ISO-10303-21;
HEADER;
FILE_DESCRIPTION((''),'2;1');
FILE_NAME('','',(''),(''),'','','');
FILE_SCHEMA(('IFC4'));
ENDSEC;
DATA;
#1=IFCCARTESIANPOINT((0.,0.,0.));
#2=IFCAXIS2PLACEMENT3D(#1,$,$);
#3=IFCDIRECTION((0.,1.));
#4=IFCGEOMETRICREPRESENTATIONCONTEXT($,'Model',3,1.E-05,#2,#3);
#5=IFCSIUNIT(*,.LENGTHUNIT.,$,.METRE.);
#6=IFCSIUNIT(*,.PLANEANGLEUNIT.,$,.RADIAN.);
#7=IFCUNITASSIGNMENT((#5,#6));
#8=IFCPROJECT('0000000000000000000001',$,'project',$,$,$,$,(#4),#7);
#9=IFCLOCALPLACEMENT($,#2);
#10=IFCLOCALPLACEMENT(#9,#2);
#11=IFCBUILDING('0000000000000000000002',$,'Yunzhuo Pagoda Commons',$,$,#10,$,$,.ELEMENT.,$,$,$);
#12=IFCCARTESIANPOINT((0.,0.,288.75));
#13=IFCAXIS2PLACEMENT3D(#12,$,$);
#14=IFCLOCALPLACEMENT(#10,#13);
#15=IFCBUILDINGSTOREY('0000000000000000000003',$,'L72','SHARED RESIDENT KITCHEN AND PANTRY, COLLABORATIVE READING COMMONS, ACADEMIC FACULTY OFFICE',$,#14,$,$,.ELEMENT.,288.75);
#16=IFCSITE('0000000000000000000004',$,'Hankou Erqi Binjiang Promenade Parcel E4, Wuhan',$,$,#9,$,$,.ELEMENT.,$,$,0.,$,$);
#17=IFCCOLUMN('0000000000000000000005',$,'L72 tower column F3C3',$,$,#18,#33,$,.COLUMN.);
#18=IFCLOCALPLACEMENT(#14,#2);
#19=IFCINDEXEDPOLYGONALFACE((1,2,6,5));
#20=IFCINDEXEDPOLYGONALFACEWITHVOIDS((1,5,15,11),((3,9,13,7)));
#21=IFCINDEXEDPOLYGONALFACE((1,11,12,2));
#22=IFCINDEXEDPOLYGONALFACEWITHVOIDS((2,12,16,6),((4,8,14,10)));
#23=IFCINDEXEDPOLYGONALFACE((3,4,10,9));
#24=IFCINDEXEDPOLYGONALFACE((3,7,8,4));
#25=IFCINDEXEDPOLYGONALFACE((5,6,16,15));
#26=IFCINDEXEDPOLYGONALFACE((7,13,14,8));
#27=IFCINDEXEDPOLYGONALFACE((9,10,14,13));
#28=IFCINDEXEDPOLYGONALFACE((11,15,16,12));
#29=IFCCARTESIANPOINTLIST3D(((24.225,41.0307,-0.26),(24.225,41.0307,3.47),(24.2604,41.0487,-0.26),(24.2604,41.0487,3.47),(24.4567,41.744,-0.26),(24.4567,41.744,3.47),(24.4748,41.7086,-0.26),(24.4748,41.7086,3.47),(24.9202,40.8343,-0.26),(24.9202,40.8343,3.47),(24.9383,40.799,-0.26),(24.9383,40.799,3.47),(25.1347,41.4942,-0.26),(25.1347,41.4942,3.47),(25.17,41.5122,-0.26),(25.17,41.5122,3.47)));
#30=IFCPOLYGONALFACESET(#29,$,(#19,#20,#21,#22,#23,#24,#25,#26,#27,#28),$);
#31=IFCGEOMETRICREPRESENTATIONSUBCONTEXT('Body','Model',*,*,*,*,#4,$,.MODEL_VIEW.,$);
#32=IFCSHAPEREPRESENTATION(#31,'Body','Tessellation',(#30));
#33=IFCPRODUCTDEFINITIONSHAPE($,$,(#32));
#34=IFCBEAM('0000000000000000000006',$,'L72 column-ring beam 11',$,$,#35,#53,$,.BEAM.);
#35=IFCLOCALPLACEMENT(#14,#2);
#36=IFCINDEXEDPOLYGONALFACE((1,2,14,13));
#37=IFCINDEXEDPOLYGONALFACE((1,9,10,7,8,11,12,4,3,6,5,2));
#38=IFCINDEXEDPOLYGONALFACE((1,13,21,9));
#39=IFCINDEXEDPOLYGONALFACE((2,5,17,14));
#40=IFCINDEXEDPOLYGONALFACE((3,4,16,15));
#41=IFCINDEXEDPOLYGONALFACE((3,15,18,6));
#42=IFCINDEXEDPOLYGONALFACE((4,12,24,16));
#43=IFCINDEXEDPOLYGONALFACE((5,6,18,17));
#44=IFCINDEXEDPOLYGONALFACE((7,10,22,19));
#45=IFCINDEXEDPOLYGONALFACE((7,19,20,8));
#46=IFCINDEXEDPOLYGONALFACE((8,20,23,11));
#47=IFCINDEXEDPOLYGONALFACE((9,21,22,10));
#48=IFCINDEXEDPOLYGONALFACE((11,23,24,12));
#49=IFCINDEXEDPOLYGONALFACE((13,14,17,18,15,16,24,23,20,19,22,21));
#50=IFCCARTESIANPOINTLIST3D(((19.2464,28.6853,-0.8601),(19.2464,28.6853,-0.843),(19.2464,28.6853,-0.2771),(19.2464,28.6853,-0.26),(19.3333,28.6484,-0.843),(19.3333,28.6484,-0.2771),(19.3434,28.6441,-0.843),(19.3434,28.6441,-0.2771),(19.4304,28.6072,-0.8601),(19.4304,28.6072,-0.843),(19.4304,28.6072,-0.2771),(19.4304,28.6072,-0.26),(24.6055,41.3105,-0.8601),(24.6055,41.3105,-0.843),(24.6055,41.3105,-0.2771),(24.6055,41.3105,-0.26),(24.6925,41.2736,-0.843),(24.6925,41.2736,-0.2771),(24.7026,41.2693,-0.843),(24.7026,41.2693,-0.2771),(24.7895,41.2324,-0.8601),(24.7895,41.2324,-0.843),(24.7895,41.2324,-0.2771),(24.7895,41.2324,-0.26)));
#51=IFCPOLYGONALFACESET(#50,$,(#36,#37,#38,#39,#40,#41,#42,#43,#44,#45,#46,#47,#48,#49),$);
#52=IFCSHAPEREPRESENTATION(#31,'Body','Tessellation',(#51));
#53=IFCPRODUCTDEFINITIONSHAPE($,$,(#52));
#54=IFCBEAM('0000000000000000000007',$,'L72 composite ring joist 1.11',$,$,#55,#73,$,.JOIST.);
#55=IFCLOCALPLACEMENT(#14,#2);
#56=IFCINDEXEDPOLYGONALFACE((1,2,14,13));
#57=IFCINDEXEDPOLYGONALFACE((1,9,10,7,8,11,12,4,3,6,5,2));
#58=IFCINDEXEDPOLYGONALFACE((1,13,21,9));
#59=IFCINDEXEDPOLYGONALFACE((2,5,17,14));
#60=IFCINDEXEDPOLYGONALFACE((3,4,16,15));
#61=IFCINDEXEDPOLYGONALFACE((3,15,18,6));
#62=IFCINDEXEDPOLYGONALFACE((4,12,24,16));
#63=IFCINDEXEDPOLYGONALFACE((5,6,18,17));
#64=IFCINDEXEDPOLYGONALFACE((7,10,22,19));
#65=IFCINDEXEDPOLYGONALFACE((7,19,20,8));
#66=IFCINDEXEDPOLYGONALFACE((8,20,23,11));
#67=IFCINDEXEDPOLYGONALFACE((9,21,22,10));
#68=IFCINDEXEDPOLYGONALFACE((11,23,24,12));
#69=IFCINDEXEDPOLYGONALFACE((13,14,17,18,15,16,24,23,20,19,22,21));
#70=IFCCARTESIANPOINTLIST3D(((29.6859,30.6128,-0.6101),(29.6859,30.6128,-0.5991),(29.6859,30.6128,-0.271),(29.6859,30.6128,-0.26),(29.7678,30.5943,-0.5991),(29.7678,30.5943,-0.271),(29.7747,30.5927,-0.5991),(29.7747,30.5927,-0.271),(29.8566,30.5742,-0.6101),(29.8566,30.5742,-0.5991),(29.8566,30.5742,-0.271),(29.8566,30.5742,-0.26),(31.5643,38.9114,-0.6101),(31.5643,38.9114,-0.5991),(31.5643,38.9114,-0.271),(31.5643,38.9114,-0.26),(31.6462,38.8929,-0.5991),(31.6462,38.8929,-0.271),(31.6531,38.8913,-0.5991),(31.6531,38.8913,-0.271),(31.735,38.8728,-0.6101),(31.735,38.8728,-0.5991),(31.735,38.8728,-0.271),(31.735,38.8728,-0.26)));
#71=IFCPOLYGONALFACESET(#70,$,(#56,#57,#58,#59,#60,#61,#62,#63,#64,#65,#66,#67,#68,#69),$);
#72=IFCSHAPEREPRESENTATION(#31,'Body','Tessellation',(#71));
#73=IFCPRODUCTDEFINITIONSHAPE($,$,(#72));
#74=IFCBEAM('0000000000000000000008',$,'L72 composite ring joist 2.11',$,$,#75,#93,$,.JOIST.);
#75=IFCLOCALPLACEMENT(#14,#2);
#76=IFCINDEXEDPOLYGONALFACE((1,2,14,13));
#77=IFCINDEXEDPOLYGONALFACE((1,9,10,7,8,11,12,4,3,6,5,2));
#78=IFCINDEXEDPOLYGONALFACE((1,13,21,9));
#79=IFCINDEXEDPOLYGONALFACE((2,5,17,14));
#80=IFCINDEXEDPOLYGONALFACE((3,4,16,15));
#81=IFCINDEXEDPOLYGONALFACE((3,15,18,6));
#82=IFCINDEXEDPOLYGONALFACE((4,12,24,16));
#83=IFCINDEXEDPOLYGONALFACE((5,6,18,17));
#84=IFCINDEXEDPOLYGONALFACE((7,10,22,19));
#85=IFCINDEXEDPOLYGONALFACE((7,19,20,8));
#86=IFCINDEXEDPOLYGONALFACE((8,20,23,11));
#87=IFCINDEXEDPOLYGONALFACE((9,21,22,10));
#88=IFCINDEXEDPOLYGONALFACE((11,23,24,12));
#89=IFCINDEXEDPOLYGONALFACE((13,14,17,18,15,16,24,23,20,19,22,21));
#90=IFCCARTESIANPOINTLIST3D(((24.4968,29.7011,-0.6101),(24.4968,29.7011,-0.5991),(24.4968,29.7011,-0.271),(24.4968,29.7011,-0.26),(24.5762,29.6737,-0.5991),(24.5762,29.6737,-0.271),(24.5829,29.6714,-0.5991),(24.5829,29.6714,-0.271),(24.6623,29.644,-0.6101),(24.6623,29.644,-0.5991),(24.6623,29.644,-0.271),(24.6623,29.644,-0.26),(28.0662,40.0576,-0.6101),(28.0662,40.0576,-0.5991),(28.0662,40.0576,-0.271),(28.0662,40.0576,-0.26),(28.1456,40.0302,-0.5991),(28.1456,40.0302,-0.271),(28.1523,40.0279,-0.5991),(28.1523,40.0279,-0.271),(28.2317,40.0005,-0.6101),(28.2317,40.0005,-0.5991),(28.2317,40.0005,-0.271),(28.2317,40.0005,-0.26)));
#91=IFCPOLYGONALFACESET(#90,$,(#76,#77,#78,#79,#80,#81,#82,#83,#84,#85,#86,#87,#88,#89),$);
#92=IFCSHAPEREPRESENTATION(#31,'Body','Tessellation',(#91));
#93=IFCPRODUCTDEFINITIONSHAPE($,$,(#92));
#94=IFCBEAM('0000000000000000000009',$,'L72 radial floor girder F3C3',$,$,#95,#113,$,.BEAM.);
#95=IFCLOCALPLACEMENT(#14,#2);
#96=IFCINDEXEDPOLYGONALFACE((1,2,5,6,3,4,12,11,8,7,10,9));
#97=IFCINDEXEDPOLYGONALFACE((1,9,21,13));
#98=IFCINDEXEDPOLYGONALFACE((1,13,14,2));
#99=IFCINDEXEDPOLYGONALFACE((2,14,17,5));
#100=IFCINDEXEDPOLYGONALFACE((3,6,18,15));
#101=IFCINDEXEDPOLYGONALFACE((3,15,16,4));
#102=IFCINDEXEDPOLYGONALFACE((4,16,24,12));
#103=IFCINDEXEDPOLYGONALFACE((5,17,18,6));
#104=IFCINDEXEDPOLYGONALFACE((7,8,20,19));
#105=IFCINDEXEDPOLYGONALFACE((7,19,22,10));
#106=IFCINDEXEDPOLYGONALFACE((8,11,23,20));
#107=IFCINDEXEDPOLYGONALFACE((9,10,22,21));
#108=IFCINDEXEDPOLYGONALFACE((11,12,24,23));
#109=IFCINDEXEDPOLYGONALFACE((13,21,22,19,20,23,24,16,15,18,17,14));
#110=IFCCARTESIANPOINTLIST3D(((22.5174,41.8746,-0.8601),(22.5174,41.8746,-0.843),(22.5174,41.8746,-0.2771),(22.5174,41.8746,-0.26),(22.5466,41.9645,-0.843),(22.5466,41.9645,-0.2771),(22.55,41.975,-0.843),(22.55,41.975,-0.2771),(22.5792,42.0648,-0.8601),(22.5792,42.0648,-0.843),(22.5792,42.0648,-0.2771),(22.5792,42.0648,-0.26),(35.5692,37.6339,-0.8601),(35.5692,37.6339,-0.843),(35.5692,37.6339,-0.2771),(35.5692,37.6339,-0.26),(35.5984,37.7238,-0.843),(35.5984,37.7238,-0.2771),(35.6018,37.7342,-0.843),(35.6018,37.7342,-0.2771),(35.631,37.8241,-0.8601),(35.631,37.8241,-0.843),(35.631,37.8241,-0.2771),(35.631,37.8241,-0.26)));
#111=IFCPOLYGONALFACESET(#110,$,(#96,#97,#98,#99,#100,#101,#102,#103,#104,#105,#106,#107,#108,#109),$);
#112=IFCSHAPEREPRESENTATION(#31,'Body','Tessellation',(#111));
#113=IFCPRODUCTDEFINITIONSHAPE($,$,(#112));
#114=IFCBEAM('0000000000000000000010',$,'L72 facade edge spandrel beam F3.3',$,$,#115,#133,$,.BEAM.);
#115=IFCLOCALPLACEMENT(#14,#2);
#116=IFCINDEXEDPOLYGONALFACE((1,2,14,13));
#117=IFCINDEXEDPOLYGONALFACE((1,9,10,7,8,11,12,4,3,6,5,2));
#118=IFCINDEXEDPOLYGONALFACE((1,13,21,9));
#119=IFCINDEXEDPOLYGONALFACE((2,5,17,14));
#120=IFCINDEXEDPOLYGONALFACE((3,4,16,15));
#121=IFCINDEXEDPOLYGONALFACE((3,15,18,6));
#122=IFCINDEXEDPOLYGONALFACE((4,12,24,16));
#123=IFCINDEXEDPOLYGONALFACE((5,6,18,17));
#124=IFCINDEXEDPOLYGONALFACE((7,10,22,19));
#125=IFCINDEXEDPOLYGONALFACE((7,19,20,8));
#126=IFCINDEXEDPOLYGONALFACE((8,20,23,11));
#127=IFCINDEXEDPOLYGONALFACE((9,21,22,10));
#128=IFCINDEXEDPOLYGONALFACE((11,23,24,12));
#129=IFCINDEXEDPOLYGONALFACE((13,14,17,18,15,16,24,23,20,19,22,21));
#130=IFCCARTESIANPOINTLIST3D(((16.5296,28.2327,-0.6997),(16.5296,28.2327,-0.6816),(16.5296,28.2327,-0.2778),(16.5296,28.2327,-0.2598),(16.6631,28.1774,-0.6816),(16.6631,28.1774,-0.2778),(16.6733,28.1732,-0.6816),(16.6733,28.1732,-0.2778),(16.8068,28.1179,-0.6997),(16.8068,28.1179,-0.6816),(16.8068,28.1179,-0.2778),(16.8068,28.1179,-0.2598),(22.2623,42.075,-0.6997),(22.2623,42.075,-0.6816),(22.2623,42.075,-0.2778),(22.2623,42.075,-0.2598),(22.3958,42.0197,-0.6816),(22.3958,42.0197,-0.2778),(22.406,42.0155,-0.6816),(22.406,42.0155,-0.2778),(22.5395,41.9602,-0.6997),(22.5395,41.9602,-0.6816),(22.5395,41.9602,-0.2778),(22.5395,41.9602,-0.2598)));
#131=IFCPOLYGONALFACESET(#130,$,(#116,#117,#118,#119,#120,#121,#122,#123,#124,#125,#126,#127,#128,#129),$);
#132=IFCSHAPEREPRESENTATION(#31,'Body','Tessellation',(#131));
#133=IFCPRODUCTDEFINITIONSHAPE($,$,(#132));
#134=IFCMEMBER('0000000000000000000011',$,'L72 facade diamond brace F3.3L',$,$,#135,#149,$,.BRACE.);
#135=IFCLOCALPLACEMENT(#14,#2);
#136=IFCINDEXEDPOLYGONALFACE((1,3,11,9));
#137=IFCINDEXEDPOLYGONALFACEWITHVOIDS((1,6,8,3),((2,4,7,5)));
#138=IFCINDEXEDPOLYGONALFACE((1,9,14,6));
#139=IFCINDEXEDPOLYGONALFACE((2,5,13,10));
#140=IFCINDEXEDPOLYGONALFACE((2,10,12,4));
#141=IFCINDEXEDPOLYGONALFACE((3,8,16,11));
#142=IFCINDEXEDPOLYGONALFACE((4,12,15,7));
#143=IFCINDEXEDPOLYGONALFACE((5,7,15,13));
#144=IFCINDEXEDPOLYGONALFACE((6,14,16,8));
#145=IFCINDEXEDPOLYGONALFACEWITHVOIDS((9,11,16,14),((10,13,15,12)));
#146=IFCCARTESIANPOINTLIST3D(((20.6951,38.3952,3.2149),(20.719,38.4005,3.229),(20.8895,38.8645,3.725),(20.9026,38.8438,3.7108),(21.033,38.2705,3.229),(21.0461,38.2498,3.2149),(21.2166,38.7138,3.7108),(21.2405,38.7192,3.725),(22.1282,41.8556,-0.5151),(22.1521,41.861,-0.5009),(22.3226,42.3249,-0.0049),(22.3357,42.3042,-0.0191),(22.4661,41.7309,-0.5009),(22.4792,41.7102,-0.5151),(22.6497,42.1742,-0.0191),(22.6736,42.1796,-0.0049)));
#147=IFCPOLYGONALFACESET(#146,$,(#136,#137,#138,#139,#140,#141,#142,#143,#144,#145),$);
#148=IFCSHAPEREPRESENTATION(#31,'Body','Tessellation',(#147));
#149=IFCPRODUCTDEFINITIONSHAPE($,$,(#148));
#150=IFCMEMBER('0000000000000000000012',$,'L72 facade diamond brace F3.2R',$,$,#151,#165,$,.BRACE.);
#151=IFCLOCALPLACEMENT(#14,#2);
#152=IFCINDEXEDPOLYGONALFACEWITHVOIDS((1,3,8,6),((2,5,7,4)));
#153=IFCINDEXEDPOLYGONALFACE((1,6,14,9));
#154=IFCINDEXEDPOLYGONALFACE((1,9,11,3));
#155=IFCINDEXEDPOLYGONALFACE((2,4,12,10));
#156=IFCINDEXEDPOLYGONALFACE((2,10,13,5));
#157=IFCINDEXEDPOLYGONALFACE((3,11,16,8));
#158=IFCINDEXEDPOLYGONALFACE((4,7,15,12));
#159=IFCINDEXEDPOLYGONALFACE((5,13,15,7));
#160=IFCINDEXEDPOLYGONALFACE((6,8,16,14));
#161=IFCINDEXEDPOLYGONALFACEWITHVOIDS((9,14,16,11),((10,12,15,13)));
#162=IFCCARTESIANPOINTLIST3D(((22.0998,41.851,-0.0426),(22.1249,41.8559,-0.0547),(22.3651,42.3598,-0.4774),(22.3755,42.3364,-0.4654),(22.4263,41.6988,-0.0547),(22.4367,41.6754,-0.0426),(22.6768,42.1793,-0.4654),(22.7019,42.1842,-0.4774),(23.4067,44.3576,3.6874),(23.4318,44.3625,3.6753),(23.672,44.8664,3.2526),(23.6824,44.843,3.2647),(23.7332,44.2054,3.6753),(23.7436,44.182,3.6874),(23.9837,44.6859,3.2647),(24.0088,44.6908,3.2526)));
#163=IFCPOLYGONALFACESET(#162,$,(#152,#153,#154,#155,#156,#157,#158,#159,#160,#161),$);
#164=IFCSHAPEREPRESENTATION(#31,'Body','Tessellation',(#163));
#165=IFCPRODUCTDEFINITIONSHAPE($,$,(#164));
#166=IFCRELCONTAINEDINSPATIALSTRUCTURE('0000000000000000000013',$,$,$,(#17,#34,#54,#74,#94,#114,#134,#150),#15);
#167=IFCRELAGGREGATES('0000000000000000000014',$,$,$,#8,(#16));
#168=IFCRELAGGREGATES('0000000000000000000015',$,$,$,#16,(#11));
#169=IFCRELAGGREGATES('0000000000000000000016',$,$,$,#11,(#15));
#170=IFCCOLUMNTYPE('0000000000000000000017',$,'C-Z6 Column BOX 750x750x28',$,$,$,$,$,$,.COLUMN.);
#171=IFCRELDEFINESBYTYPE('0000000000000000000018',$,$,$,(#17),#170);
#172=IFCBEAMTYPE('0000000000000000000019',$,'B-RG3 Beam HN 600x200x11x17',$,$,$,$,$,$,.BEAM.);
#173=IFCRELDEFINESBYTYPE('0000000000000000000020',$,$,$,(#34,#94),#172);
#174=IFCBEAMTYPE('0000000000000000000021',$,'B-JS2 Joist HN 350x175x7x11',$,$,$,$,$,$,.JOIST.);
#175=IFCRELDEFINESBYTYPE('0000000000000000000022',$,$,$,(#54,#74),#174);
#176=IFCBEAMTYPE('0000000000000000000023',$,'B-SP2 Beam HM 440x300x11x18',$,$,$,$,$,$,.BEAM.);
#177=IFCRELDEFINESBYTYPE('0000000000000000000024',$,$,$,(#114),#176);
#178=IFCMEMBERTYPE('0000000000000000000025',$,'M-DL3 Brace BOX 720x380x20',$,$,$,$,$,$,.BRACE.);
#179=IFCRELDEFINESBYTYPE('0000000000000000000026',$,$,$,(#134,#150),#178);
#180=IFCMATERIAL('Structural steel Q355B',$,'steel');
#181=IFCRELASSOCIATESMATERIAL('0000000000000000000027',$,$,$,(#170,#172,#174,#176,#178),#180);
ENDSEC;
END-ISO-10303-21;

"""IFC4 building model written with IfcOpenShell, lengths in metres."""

from ifc_helpers import new_model, si_unit, direction, frame, origin, origin_2d, place, context, subcontext, project, spatial, hollow_rectangle, i_section, extrude, source, transform, mapped, material, material_profile, profile_set, type_object, element, save


model = new_model("IFC4")

# Units and contexts
model_context = context("Model", 3, precision=1e-05, world=origin(), true_north=direction((0.0, 1.0)))
body_context = subcontext(model_context, "Body", "Model", "MODEL_VIEW")
ifc_project = project(units=[si_unit("LENGTHUNIT", "METRE"), si_unit("PLANEANGLEUNIT", "RADIAN")], contexts=[model_context])

# Site, building, storey
site_placement = place(None, origin())
site = spatial("IfcSite", under=ifc_project, at=site_placement, Name="Hankou Erqi Binjiang Promenade Parcel E4, Wuhan", CompositionType="ELEMENT", RefElevation=0.0)
building_placement = place(site_placement, origin())
building = spatial("IfcBuilding", under=site, at=building_placement, Name="Yunzhuo Pagoda Commons", CompositionType="ELEMENT")
storey_placement = place(building_placement, frame((0.0, 0.0, 288.75)))
storey = spatial("IfcBuildingStorey", under=building, at=storey_placement, Name="L72", Description="SHARED RESIDENT KITCHEN AND PANTRY, COLLABORATIVE READING COMMONS, ACADEMIC FACULTY OFFICE", CompositionType="ELEMENT", Elevation=288.75)

# Column
ifc_material_1 = material(Name="Structural steel Q355B", Category="steel")
ifc_material_profile_1 = material_profile(ifc_material_1, hollow_rectangle(XDim=0.75, YDim=0.75, WallThickness=0.0281, at=origin_2d()), Name="Structural steel Q355B")
ifc_profile_set_1 = profile_set([ifc_material_profile_1], Name="Structural steel Q355B")
column_type = type_object("IfcColumnType", Name="C-Z6 Column BOX 750x750x28", PredefinedType="COLUMN", material=ifc_profile_set_1)
shared_shape_1 = source(origin(), body_context, "Body", "SweptSolid", [
    extrude(hollow_rectangle(XDim=0.75, YDim=0.75, WallThickness=0.0281, at=origin_2d()), origin(), (0.0, 0.0, 1.0), 3.73),
])
column_placement = place(storey_placement, frame((24.6975, 41.2715, -0.26), z_axis=(0.0, 0.0, 1.0), x_axis=(-0.309017, -0.951057, 0.0)))
element("IfcColumn", 1, at=column_placement, inside=storey, type_object=column_type, Name="L72 tower column F3C3", PredefinedType="COLUMN", context=body_context, shape_type="MappedRepresentation", body=[
    mapped(shared_shape_1, transform((0.0, 0.0, 0.0), scale=1.0)),
])

# Beams
ifc_material_profile_2 = material_profile(ifc_material_1, i_section(OverallWidth=0.2, OverallDepth=0.6001, WebThickness=0.011, FlangeThickness=0.0171, at=origin_2d()), Name="Structural steel Q355B")
ifc_profile_set_2 = profile_set([ifc_material_profile_2], Name="Structural steel Q355B")
beam_type_1 = type_object("IfcBeamType", Name="B-RG3 Beam HN 600x200x11x17", PredefinedType="BEAM", material=ifc_profile_set_2)
shared_shape_2 = source(origin(), body_context, "Body", "SweptSolid", [
    extrude(i_section(OverallWidth=0.2, OverallDepth=0.6001, WebThickness=0.011, FlangeThickness=0.0171, at=origin_2d()), origin(), (0.0, 0.0, 1.0), 13.7156),
])
beam_1_placement = place(storey_placement, frame((24.6975, 41.2715, -0.5601), z_axis=(-0.390733, -0.920504, 0.0), x_axis=(0.920504, -0.390733, 0.0)))
element("IfcBeam", 2, at=beam_1_placement, inside=storey, type_object=beam_type_1, Name="L72 column-ring beam 11", PredefinedType="BEAM", context=body_context, shape_type="MappedRepresentation", body=[
    mapped(shared_shape_2, transform((0.0, 0.0, 0.0), scale=1.0)),
])
ifc_material_profile_3 = material_profile(ifc_material_1, i_section(OverallWidth=0.175, OverallDepth=0.3501, WebThickness=0.0071, FlangeThickness=0.011, at=origin_2d()), Name="Structural steel Q355B")
ifc_profile_set_3 = profile_set([ifc_material_profile_3], Name="Structural steel Q355B")
beam_type_2 = type_object("IfcBeamType", Name="B-JS2 Joist HN 350x175x7x11", PredefinedType="JOIST", material=ifc_profile_set_3)
shared_shape_3 = source(origin(), body_context, "Body", "SweptSolid", [
    extrude(i_section(OverallWidth=0.175, OverallDepth=0.3501, WebThickness=0.0071, FlangeThickness=0.011, at=origin_2d()), origin(), (0.0, 0.0, 1.0), 8.5085),
])
beam_2_placement = place(storey_placement, frame((31.6497, 38.8921, -0.4351), z_axis=(-0.220769, -0.975326, 0.0), x_axis=(0.975326, -0.220769, 0.0)))
element("IfcBeam", 3, at=beam_2_placement, inside=storey, type_object=beam_type_2, Name="L72 composite ring joist 1.11", PredefinedType="JOIST", context=body_context, shape_type="MappedRepresentation", body=[
    mapped(shared_shape_3, transform((0.0, 0.0, 0.0), scale=1.0)),
])
shared_shape_4 = source(origin(), body_context, "Body", "SweptSolid", [
    extrude(i_section(OverallWidth=0.175, OverallDepth=0.3501, WebThickness=0.0071, FlangeThickness=0.011, at=origin_2d()), origin(), (0.0, 0.0, 1.0), 10.9543),
])
beam_3_placement = place(storey_placement, frame((28.1489, 40.0291, -0.4351), z_axis=(-0.32584, -0.945425, 0.0), x_axis=(0.945425, -0.32584, 0.0)))
element("IfcBeam", 4, at=beam_3_placement, inside=storey, type_object=beam_type_2, Name="L72 composite ring joist 2.11", PredefinedType="JOIST", context=body_context, shape_type="MappedRepresentation", body=[
    mapped(shared_shape_4, transform((0.0, 0.0, 0.0), scale=1.0)),
])
shared_shape_5 = source(origin(), body_context, "Body", "SweptSolid", [
    extrude(i_section(OverallWidth=0.2, OverallDepth=0.6001, WebThickness=0.011, FlangeThickness=0.0171, at=origin_2d()), origin(), (0.0, 0.0, 1.0), 13.7234),
])
beam_4_placement = place(storey_placement, frame((22.5483, 41.9697, -0.5601), z_axis=(0.951058, -0.309014, 0.0), x_axis=(0.309014, 0.951058, 0.0)))
element("IfcBeam", 5, at=beam_4_placement, inside=storey, type_object=beam_type_1, Name="L72 radial floor girder F3C3", PredefinedType="BEAM", context=body_context, shape_type="MappedRepresentation", body=[
    mapped(shared_shape_5, transform((0.0, 0.0, 0.0), scale=1.0)),
])
ifc_material_profile_4 = material_profile(ifc_material_1, i_section(OverallWidth=0.3, OverallDepth=0.4399, WebThickness=0.011, FlangeThickness=0.0181, at=origin_2d()), Name="Structural steel Q355B")
ifc_profile_set_4 = profile_set([ifc_material_profile_4], Name="Structural steel Q355B")
beam_type_3 = type_object("IfcBeamType", Name="B-SP2 Beam HM 440x300x11x18", PredefinedType="BEAM", material=ifc_profile_set_4)
shared_shape_6 = source(origin(), body_context, "Body", "SweptSolid", [
    extrude(i_section(OverallWidth=0.3, OverallDepth=0.4399, WebThickness=0.011, FlangeThickness=0.0181, at=origin_2d()), origin(), (0.0, 0.0, 1.0), 14.9824),
])
beam_5_placement = place(storey_placement, frame((22.4009, 42.0176, -0.4797), z_axis=(-0.382627, -0.923903, 0.0), x_axis=(0.923903, -0.382627, 0.0)))
element("IfcBeam", 6, at=beam_5_placement, inside=storey, type_object=beam_type_3, Name="L72 facade edge spandrel beam F3.3", PredefinedType="BEAM", context=body_context, shape_type="MappedRepresentation", body=[
    mapped(shared_shape_6, transform((0.0, 0.0, 0.0), scale=1.0)),
])

# Members
ifc_material_profile_5 = material_profile(ifc_material_1, hollow_rectangle(XDim=0.3799, YDim=0.72, WallThickness=0.02, at=origin_2d()), Name="Structural steel Q355B")
ifc_profile_set_5 = profile_set([ifc_material_profile_5], Name="Structural steel Q355B")
member_type_1 = type_object("IfcMemberType", Name="M-DL3 Brace BOX 720x380x20", PredefinedType="BRACE", material=ifc_profile_set_5)
shared_shape_7 = source(origin(), body_context, "Body", "SweptSolid", [
    extrude(hollow_rectangle(XDim=0.3799, YDim=0.72, WallThickness=0.02, at=origin_2d()), origin(), (0.0, 0.0, 1.0), 5.2859),
])
member_1_placement = place(storey_placement, frame((22.4009, 42.0176, -0.26), z_axis=(-0.271116, -0.654651, 0.705641), x_axis=(0.923904, -0.382624, 0.0)))
element("IfcMember", 7, at=member_1_placement, inside=storey, type_object=member_type_1, Name="L72 facade diamond brace F3.3L", PredefinedType="BRACE", context=body_context, shape_type="MappedRepresentation", body=[
    mapped(shared_shape_7, transform((0.0, 0.0, 0.0), scale=1.0)),
])
shared_shape_8 = source(origin(), body_context, "Body", "SweptSolid", [
    extrude(hollow_rectangle(XDim=0.3799, YDim=0.72, WallThickness=0.02, at=origin_2d()), origin(), (0.0, 0.0, 1.0), 4.6802),
])
member_2_placement = place(storey_placement, frame((22.4009, 42.0176, -0.26), z_axis=(0.279241, 0.535581, 0.796981), x_axis=(-0.886716, 0.462315, 0.0)))
element("IfcMember", 8, at=member_2_placement, inside=storey, type_object=member_type_1, Name="L72 facade diamond brace F3.2R", PredefinedType="BRACE", context=body_context, shape_type="MappedRepresentation", body=[
    mapped(shared_shape_8, transform((0.0, 0.0, 0.0), scale=1.0)),
])

save(model, "model.ifc")
